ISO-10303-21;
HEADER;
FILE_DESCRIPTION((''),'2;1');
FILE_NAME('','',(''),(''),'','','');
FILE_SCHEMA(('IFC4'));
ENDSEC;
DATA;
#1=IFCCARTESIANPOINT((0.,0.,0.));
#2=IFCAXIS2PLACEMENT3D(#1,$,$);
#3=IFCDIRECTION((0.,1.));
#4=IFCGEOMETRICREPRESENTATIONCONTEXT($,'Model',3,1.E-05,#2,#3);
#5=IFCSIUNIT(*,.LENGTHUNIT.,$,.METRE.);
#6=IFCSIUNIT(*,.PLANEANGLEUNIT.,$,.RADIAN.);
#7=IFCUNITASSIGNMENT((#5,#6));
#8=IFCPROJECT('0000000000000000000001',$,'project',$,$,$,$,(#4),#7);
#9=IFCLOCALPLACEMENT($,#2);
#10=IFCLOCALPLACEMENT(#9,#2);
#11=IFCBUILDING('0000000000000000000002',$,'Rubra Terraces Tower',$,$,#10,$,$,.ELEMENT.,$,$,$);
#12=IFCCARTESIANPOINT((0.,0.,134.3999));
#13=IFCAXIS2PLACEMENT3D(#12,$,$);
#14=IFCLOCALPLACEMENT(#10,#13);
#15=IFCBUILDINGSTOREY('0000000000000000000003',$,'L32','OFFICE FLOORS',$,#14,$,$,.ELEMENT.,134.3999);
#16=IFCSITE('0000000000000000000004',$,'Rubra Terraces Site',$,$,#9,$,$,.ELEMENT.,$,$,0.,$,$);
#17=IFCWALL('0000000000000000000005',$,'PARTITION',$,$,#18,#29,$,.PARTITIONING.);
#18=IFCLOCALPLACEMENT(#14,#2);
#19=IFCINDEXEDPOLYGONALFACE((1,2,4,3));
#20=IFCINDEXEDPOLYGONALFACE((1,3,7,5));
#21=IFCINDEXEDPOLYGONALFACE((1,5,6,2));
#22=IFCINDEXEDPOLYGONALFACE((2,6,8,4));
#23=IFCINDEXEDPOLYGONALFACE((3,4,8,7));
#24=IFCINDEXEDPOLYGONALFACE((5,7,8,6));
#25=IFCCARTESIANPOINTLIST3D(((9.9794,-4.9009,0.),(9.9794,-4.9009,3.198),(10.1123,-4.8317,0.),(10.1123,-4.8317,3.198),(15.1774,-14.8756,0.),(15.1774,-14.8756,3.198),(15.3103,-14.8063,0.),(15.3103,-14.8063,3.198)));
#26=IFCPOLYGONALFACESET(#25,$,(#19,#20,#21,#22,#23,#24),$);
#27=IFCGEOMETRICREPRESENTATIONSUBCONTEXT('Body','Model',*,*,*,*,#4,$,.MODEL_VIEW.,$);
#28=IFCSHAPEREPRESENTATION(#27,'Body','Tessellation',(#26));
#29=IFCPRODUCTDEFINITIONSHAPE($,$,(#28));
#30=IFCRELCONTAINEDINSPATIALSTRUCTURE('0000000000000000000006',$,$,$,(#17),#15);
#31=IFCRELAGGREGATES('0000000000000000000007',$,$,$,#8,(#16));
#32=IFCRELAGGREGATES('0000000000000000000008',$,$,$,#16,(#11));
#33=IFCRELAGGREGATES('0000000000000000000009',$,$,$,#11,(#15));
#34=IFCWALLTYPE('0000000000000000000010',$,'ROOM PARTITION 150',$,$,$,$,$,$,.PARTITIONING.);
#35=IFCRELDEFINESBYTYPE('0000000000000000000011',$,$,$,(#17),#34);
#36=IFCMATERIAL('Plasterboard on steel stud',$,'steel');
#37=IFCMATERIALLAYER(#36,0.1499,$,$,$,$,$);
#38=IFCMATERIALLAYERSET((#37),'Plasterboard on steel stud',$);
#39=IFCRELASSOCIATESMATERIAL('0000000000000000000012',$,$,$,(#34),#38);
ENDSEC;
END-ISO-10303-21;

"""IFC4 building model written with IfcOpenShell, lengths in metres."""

from ifc_helpers import new_model, si_unit, direction, frame, frame_2d, origin, place, context, subcontext, project, spatial, rectangle, extrude, material, layer, layer_set, type_object, element, save


model = new_model("IFC4")

# Units and contexts
model_context = context("Model", 3, precision=1e-05, world=origin(), true_north=direction((0.0, 1.0)))
body_context = subcontext(model_context, "Body", "Model", "MODEL_VIEW")
ifc_project = project(units=[si_unit("LENGTHUNIT", "METRE"), si_unit("PLANEANGLEUNIT", "RADIAN")], contexts=[model_context])

# Site, building, storey
site_placement = place(None, origin())
site = spatial("IfcSite", under=ifc_project, at=site_placement, Name="Rubra Terraces Site", CompositionType="ELEMENT", RefElevation=0.0)
building_placement = place(site_placement, origin())
building = spatial("IfcBuilding", under=site, at=building_placement, Name="Rubra Terraces Tower", CompositionType="ELEMENT")
storey_placement = place(building_placement, frame((0.0, 0.0, 134.3999)))
storey = spatial("IfcBuildingStorey", under=building, at=storey_placement, Name="L32", Description="OFFICE FLOORS", CompositionType="ELEMENT", Elevation=134.3999)

# Wall
ifc_material_1 = material(Name="Plasterboard on steel stud", Category="steel")
ifc_layer_1 = layer(ifc_material_1, 0.1499)
ifc_layer_set_1 = layer_set([ifc_layer_1], Name="Plasterboard on steel stud")
wall_type_1 = type_object("IfcWallType", Name="ROOM PARTITION 150", PredefinedType="PARTITIONING", material=ifc_layer_set_1)
wall_1_placement = place(storey_placement, frame((15.2439, -14.8411, 0.0), z_axis=(0.0, 0.0, 1.0), x_axis=(-0.462136, 0.886809, 0.0)))
element("IfcWall", 1, at=wall_1_placement, inside=storey, type_object=wall_type_1, Name="PARTITION", PredefinedType="PARTITIONING", context=body_context, shape_type="SweptSolid", body=[
    extrude(rectangle(XDim=11.2478, YDim=0.1499, at=frame_2d((5.624, 0.0))), origin(), (0.0, 0.0, 1.0), 3.198),
])

save(model, "model.ifc")
